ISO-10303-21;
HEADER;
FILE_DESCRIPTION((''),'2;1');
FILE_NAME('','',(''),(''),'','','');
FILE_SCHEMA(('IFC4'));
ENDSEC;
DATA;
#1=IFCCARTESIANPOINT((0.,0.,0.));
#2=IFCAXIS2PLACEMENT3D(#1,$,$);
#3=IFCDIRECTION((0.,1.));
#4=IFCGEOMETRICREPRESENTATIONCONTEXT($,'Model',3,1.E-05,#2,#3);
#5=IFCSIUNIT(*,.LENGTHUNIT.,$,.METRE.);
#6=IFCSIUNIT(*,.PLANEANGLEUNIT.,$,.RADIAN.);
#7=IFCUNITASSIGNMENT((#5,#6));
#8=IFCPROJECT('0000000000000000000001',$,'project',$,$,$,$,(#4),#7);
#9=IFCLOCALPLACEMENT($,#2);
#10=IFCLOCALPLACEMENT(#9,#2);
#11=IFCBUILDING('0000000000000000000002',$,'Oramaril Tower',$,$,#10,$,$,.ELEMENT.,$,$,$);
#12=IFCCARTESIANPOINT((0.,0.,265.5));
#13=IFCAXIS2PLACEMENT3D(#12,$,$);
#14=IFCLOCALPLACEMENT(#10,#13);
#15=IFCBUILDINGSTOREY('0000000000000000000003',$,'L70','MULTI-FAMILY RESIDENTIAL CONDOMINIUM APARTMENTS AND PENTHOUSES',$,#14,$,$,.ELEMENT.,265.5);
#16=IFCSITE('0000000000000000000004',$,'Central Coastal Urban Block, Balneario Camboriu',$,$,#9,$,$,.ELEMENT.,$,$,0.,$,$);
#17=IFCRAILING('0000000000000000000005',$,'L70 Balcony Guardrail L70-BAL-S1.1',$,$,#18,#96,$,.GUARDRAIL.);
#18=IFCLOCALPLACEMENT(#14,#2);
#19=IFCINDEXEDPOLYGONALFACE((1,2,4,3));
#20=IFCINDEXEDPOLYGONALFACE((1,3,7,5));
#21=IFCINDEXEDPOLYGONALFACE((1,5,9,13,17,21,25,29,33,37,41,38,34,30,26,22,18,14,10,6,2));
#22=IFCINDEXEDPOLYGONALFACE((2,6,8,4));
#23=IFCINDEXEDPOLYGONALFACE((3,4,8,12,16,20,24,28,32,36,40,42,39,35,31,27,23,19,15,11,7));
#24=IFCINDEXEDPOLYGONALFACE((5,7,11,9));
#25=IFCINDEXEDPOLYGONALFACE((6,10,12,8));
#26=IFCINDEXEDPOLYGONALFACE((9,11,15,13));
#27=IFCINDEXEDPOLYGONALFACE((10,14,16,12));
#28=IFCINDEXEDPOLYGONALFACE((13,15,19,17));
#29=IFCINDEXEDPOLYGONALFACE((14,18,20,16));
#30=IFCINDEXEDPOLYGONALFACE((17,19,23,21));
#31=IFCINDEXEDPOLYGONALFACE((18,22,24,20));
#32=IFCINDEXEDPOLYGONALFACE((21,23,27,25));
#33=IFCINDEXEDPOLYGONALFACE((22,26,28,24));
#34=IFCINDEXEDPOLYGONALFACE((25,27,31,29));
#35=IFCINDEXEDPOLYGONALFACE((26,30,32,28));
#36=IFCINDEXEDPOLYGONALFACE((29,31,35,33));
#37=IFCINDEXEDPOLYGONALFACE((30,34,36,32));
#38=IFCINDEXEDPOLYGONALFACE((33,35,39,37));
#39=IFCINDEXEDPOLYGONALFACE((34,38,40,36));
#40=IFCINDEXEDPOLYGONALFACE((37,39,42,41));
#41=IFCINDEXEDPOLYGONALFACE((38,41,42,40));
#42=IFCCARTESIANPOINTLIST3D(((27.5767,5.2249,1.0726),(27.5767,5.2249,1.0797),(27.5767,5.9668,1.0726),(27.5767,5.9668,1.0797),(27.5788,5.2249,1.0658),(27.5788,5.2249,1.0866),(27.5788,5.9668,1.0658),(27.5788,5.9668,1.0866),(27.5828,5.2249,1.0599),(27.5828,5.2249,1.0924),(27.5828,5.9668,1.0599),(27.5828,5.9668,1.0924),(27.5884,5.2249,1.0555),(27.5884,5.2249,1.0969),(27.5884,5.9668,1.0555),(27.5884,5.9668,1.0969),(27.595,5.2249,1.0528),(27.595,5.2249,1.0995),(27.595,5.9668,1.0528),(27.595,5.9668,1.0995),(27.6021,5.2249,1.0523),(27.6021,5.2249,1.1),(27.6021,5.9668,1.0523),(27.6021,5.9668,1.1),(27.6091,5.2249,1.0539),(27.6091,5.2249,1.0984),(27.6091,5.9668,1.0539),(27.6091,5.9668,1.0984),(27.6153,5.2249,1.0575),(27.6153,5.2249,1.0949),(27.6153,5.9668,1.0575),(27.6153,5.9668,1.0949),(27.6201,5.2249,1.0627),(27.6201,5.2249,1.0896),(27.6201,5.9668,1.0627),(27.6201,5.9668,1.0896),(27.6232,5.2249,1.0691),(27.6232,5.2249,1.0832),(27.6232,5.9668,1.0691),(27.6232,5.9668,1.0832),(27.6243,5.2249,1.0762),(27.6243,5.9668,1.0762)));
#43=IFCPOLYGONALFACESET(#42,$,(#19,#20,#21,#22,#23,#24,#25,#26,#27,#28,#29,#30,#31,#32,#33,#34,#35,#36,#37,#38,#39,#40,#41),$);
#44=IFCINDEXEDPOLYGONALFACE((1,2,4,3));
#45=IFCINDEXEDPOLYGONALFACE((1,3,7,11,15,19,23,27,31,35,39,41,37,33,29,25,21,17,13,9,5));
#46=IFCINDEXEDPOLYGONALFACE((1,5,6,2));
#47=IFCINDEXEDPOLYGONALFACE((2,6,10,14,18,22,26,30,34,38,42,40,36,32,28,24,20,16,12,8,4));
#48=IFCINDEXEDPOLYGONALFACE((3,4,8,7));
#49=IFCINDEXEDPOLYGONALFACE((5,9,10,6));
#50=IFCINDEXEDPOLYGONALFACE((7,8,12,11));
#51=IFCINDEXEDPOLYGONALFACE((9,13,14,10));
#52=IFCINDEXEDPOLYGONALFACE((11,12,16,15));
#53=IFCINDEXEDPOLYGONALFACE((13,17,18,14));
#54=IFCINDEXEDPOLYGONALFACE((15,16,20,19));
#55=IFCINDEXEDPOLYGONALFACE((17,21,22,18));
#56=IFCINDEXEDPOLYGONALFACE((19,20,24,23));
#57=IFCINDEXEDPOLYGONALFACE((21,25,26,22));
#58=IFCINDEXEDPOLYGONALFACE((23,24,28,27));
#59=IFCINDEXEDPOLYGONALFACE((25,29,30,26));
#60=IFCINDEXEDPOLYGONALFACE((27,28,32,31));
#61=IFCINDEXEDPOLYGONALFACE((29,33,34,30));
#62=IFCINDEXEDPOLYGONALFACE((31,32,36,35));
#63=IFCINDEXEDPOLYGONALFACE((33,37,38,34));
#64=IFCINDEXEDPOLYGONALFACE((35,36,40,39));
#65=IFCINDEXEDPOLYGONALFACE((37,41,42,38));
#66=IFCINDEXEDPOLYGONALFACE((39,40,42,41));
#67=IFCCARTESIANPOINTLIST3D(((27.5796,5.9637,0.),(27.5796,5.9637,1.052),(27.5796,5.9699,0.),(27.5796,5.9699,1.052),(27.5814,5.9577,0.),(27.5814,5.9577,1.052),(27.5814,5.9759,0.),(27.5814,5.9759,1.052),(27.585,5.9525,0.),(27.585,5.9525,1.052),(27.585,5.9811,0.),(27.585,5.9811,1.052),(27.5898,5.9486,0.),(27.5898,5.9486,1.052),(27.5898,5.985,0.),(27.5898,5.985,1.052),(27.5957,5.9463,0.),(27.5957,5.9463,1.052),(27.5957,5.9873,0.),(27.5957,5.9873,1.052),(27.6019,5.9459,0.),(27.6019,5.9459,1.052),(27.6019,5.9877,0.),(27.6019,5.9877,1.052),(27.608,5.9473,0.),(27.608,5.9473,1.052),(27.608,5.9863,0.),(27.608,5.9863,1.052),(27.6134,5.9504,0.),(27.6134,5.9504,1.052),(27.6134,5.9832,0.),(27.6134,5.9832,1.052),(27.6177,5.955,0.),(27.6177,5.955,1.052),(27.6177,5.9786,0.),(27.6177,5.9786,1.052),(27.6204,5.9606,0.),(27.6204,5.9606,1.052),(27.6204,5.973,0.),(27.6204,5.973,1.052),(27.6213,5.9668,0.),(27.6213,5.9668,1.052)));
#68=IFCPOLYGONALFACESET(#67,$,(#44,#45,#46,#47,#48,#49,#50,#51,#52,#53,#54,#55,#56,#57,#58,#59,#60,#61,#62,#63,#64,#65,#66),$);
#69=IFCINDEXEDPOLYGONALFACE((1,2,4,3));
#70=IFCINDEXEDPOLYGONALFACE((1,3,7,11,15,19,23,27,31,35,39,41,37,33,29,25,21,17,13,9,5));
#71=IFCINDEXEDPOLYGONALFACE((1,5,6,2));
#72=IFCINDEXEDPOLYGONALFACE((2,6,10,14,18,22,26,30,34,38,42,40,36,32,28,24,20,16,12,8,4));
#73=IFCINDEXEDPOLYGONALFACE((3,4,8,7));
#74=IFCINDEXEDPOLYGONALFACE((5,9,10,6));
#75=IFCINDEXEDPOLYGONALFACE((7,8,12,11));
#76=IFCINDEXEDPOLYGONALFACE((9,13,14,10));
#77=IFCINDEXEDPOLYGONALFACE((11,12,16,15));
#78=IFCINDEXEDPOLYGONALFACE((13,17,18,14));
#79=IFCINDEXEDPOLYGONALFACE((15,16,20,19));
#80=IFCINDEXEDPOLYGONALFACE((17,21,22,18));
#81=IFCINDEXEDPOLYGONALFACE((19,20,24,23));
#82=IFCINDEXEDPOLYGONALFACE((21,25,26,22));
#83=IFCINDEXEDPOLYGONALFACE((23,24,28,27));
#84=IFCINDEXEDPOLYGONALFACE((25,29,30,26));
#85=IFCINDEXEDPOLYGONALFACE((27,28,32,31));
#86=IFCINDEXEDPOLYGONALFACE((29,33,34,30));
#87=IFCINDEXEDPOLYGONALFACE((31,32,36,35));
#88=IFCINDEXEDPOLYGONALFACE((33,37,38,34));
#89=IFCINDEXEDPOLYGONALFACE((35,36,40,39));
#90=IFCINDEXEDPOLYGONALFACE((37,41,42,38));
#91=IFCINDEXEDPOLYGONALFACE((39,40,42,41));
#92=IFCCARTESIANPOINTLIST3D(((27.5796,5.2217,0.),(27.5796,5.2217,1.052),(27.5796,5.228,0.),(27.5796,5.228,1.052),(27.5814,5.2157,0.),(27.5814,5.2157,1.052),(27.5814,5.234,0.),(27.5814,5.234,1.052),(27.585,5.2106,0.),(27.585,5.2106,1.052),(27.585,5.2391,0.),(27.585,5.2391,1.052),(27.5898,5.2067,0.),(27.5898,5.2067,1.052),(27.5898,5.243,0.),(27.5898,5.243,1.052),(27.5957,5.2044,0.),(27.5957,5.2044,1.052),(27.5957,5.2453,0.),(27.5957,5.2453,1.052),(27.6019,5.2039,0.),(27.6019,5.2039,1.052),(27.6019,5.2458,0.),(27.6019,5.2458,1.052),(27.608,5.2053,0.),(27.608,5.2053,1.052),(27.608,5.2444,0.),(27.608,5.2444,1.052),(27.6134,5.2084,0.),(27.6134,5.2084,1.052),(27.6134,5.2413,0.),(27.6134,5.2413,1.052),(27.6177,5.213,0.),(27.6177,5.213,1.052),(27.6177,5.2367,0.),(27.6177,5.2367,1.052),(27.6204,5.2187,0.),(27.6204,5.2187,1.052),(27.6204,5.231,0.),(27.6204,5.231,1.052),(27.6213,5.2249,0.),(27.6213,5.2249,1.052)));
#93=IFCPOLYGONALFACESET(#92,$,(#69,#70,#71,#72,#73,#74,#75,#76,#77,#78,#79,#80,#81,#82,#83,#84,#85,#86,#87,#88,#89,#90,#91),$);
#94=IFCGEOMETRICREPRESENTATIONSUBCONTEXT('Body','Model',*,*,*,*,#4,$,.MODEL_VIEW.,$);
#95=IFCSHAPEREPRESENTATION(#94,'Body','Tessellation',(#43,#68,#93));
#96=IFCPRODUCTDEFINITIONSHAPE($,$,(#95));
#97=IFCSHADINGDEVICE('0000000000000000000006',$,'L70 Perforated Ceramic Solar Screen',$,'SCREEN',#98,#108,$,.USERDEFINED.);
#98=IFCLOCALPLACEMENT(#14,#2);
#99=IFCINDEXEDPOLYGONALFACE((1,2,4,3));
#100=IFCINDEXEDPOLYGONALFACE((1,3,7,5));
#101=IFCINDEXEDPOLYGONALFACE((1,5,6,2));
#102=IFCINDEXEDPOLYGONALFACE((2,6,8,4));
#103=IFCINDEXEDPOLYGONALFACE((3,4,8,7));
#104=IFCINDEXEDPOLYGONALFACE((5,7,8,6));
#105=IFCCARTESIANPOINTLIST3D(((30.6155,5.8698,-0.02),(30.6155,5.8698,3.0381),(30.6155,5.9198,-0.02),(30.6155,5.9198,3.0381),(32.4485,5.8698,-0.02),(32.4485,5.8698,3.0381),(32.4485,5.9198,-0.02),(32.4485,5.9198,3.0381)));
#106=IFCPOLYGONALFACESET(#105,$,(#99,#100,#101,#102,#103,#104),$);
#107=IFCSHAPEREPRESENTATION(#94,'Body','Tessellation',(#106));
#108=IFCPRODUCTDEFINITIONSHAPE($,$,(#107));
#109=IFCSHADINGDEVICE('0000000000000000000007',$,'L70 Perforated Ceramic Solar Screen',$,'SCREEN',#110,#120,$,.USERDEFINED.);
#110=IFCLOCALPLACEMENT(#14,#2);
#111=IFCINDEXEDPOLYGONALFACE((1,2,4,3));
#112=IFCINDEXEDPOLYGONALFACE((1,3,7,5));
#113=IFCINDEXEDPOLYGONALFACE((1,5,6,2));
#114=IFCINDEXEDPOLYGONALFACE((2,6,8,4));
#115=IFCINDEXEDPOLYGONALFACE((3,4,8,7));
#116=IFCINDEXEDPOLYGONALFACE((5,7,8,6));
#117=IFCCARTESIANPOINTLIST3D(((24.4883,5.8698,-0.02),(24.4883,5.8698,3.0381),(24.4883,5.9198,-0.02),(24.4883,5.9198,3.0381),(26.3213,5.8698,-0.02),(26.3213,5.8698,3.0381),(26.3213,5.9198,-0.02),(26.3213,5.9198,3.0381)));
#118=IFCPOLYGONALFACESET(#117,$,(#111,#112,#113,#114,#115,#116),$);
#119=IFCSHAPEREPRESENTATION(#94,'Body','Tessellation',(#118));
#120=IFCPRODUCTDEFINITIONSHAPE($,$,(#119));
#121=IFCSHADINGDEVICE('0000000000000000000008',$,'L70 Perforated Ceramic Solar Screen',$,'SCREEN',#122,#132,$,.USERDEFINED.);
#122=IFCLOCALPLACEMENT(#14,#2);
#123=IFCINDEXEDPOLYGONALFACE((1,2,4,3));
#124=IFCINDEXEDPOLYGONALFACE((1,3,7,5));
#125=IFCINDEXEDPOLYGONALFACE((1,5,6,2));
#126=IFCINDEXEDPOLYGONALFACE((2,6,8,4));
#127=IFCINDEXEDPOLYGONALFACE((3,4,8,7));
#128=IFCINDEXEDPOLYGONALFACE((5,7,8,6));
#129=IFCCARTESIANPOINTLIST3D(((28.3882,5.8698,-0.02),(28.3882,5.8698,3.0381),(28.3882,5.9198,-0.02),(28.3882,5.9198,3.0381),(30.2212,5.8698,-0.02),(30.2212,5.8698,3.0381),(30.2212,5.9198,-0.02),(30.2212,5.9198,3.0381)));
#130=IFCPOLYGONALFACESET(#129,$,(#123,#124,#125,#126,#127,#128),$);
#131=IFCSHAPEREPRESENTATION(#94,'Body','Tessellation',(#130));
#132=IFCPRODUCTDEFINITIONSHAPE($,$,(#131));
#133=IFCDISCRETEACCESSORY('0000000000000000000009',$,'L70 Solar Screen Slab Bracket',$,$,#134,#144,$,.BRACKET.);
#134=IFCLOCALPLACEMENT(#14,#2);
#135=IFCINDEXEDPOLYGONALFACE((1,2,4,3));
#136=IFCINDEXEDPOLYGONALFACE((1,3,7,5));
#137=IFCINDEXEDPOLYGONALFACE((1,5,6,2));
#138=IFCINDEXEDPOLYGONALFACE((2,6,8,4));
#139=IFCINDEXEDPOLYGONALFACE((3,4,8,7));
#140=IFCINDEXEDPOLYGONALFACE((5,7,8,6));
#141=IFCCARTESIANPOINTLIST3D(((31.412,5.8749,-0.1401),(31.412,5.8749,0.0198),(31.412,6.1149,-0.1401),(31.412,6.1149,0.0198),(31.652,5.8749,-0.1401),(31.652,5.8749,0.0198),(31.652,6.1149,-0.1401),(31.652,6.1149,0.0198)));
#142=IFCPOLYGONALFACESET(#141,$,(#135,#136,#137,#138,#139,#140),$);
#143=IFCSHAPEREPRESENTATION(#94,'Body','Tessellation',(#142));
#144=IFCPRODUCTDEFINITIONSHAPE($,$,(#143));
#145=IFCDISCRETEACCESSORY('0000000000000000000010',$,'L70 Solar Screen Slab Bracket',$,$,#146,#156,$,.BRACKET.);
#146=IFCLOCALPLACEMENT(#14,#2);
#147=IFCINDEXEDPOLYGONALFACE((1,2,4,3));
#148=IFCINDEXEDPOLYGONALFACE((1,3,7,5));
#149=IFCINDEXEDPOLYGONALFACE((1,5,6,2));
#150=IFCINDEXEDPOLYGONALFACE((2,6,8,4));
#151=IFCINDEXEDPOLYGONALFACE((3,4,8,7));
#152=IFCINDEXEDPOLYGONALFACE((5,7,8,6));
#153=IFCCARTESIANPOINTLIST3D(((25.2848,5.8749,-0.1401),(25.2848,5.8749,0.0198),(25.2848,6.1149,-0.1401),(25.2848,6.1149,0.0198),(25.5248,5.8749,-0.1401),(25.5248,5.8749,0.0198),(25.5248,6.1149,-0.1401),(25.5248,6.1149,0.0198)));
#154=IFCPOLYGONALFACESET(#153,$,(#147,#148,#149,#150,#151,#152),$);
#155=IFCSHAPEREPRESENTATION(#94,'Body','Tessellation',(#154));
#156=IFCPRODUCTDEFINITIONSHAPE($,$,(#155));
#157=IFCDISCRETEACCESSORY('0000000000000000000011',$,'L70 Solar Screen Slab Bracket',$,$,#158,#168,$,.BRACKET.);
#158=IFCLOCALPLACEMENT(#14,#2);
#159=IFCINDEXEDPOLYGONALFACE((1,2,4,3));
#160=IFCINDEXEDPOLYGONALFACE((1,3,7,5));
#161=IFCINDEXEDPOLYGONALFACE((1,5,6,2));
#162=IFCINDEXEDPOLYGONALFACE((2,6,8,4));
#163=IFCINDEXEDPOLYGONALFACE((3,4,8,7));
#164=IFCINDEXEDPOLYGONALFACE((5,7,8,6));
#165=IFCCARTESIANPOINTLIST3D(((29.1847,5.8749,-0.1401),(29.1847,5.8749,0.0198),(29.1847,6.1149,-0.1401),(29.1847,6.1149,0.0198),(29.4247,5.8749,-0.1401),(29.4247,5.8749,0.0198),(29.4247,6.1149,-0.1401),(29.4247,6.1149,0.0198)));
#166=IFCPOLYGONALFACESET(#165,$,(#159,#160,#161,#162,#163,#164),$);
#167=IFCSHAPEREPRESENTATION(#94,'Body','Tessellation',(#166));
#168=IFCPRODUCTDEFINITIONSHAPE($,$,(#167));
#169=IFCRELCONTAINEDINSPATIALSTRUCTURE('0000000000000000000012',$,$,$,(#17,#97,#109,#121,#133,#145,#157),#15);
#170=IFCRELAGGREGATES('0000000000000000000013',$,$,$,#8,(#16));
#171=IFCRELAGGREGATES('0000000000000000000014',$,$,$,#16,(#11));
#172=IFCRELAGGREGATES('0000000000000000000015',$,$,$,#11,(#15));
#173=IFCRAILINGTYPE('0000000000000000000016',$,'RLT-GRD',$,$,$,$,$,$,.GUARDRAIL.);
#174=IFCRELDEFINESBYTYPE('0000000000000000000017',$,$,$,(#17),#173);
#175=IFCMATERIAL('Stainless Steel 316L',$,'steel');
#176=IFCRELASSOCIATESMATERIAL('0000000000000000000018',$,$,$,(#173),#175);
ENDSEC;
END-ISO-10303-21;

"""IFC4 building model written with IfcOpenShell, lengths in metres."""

from ifc_helpers import new_model, si_unit, direction, frame, origin, origin_2d, place, context, subcontext, project, spatial, rectangle, circle, extrude, material, type_object, element, save


model = new_model("IFC4")

# Units and contexts
model_context = context("Model", 3, precision=1e-05, world=origin(), true_north=direction((0.0, 1.0)))
body_context = subcontext(model_context, "Body", "Model", "MODEL_VIEW")
ifc_project = project(units=[si_unit("LENGTHUNIT", "METRE"), si_unit("PLANEANGLEUNIT", "RADIAN")], contexts=[model_context])

# Site, building, storey
site_placement = place(None, origin())
site = spatial("IfcSite", under=ifc_project, at=site_placement, Name="Central Coastal Urban Block, Balneario Camboriu", CompositionType="ELEMENT", RefElevation=0.0)
building_placement = place(site_placement, origin())
building = spatial("IfcBuilding", under=site, at=building_placement, Name="Oramaril Tower", CompositionType="ELEMENT")
storey_placement = place(building_placement, frame((0.0, 0.0, 265.5)))
storey = spatial("IfcBuildingStorey", under=building, at=storey_placement, Name="L70", Description="MULTI-FAMILY RESIDENTIAL CONDOMINIUM APARTMENTS AND PENTHOUSES", CompositionType="ELEMENT", Elevation=265.5)

# Railing
ifc_material_1 = material(Name="Stainless Steel 316L", Category="steel")
railing_type = type_object("IfcRailingType", Name="RLT-GRD", PredefinedType="GUARDRAIL", material=ifc_material_1)
railing_1_placement = place(storey_placement, frame((27.6003, 5.9668, 0.0)))
element("IfcRailing", 1, at=railing_1_placement, inside=storey, type_object=railing_type, Name="L70 Balcony Guardrail L70-BAL-S1.1", PredefinedType="GUARDRAIL", context=body_context, shape_type="SweptSolid", body=[
    extrude(circle(Radius=0.0239, at=origin_2d()), frame((0.0, 0.0, 1.0762), z_axis=(0.0, -1.0, 0.0), x_axis=(1.0, 0.0, 0.0)), (0.0, 0.0, 1.0), 0.7419),
    extrude(circle(Radius=0.021, at=origin_2d()), origin(), (0.0, 0.0, 1.0), 1.052),
    extrude(circle(Radius=0.021, at=origin_2d()), frame((0.0, -0.7419, 0.0)), (0.0, 0.0, 1.0), 1.052),
])

# Shading devices
for number, where, z_axis, x_axis, name in (
    (2, (31.532, 5.8948, -0.02), (0.0, 0.0, 1.0), (1.0, 0.0, 0.0), "L70 Perforated Ceramic Solar Screen"),
    (3, (25.4048, 5.8948, -0.02), (0.0, 0.0, 1.0), (1.0, 0.0, 0.0), "L70 Perforated Ceramic Solar Screen"),
    (4, (29.3047, 5.8948, -0.02), (0.0, 0.0, 1.0), (1.0, 0.0, 0.0), "L70 Perforated Ceramic Solar Screen"),
):
    element("IfcShadingDevice", number, at=place(storey_placement, frame(where, z_axis=z_axis, x_axis=x_axis)), inside=storey, Name=name, ObjectType="SCREEN", PredefinedType="USERDEFINED", context=body_context, shape_type="SweptSolid", body=[
        extrude(rectangle(XDim=1.833, YDim=0.05, at=origin_2d()), origin(), (0.0, 0.0, 1.0), 3.0581),
    ])

# Discrete accessories
for number, where, z_axis, x_axis, name in (
    (5, (31.532, 5.9949, -0.1401), (0.0, 0.0, 1.0), (1.0, 0.0, 0.0), "L70 Solar Screen Slab Bracket"),
    (6, (25.4048, 5.9949, -0.1401), (0.0, 0.0, 1.0), (1.0, 0.0, 0.0), "L70 Solar Screen Slab Bracket"),
    (7, (29.3047, 5.9949, -0.1401), (0.0, 0.0, 1.0), (1.0, 0.0, 0.0), "L70 Solar Screen Slab Bracket"),
):
    element("IfcDiscreteAccessory", number, at=place(storey_placement, frame(where, z_axis=z_axis, x_axis=x_axis)), inside=storey, Name=name, PredefinedType="BRACKET", context=body_context, shape_type="SweptSolid", body=[
        extrude(rectangle(XDim=0.24, YDim=0.24, at=origin_2d()), origin(), (0.0, 0.0, 1.0), 0.1599),
    ])

save(model, "model.ifc")
